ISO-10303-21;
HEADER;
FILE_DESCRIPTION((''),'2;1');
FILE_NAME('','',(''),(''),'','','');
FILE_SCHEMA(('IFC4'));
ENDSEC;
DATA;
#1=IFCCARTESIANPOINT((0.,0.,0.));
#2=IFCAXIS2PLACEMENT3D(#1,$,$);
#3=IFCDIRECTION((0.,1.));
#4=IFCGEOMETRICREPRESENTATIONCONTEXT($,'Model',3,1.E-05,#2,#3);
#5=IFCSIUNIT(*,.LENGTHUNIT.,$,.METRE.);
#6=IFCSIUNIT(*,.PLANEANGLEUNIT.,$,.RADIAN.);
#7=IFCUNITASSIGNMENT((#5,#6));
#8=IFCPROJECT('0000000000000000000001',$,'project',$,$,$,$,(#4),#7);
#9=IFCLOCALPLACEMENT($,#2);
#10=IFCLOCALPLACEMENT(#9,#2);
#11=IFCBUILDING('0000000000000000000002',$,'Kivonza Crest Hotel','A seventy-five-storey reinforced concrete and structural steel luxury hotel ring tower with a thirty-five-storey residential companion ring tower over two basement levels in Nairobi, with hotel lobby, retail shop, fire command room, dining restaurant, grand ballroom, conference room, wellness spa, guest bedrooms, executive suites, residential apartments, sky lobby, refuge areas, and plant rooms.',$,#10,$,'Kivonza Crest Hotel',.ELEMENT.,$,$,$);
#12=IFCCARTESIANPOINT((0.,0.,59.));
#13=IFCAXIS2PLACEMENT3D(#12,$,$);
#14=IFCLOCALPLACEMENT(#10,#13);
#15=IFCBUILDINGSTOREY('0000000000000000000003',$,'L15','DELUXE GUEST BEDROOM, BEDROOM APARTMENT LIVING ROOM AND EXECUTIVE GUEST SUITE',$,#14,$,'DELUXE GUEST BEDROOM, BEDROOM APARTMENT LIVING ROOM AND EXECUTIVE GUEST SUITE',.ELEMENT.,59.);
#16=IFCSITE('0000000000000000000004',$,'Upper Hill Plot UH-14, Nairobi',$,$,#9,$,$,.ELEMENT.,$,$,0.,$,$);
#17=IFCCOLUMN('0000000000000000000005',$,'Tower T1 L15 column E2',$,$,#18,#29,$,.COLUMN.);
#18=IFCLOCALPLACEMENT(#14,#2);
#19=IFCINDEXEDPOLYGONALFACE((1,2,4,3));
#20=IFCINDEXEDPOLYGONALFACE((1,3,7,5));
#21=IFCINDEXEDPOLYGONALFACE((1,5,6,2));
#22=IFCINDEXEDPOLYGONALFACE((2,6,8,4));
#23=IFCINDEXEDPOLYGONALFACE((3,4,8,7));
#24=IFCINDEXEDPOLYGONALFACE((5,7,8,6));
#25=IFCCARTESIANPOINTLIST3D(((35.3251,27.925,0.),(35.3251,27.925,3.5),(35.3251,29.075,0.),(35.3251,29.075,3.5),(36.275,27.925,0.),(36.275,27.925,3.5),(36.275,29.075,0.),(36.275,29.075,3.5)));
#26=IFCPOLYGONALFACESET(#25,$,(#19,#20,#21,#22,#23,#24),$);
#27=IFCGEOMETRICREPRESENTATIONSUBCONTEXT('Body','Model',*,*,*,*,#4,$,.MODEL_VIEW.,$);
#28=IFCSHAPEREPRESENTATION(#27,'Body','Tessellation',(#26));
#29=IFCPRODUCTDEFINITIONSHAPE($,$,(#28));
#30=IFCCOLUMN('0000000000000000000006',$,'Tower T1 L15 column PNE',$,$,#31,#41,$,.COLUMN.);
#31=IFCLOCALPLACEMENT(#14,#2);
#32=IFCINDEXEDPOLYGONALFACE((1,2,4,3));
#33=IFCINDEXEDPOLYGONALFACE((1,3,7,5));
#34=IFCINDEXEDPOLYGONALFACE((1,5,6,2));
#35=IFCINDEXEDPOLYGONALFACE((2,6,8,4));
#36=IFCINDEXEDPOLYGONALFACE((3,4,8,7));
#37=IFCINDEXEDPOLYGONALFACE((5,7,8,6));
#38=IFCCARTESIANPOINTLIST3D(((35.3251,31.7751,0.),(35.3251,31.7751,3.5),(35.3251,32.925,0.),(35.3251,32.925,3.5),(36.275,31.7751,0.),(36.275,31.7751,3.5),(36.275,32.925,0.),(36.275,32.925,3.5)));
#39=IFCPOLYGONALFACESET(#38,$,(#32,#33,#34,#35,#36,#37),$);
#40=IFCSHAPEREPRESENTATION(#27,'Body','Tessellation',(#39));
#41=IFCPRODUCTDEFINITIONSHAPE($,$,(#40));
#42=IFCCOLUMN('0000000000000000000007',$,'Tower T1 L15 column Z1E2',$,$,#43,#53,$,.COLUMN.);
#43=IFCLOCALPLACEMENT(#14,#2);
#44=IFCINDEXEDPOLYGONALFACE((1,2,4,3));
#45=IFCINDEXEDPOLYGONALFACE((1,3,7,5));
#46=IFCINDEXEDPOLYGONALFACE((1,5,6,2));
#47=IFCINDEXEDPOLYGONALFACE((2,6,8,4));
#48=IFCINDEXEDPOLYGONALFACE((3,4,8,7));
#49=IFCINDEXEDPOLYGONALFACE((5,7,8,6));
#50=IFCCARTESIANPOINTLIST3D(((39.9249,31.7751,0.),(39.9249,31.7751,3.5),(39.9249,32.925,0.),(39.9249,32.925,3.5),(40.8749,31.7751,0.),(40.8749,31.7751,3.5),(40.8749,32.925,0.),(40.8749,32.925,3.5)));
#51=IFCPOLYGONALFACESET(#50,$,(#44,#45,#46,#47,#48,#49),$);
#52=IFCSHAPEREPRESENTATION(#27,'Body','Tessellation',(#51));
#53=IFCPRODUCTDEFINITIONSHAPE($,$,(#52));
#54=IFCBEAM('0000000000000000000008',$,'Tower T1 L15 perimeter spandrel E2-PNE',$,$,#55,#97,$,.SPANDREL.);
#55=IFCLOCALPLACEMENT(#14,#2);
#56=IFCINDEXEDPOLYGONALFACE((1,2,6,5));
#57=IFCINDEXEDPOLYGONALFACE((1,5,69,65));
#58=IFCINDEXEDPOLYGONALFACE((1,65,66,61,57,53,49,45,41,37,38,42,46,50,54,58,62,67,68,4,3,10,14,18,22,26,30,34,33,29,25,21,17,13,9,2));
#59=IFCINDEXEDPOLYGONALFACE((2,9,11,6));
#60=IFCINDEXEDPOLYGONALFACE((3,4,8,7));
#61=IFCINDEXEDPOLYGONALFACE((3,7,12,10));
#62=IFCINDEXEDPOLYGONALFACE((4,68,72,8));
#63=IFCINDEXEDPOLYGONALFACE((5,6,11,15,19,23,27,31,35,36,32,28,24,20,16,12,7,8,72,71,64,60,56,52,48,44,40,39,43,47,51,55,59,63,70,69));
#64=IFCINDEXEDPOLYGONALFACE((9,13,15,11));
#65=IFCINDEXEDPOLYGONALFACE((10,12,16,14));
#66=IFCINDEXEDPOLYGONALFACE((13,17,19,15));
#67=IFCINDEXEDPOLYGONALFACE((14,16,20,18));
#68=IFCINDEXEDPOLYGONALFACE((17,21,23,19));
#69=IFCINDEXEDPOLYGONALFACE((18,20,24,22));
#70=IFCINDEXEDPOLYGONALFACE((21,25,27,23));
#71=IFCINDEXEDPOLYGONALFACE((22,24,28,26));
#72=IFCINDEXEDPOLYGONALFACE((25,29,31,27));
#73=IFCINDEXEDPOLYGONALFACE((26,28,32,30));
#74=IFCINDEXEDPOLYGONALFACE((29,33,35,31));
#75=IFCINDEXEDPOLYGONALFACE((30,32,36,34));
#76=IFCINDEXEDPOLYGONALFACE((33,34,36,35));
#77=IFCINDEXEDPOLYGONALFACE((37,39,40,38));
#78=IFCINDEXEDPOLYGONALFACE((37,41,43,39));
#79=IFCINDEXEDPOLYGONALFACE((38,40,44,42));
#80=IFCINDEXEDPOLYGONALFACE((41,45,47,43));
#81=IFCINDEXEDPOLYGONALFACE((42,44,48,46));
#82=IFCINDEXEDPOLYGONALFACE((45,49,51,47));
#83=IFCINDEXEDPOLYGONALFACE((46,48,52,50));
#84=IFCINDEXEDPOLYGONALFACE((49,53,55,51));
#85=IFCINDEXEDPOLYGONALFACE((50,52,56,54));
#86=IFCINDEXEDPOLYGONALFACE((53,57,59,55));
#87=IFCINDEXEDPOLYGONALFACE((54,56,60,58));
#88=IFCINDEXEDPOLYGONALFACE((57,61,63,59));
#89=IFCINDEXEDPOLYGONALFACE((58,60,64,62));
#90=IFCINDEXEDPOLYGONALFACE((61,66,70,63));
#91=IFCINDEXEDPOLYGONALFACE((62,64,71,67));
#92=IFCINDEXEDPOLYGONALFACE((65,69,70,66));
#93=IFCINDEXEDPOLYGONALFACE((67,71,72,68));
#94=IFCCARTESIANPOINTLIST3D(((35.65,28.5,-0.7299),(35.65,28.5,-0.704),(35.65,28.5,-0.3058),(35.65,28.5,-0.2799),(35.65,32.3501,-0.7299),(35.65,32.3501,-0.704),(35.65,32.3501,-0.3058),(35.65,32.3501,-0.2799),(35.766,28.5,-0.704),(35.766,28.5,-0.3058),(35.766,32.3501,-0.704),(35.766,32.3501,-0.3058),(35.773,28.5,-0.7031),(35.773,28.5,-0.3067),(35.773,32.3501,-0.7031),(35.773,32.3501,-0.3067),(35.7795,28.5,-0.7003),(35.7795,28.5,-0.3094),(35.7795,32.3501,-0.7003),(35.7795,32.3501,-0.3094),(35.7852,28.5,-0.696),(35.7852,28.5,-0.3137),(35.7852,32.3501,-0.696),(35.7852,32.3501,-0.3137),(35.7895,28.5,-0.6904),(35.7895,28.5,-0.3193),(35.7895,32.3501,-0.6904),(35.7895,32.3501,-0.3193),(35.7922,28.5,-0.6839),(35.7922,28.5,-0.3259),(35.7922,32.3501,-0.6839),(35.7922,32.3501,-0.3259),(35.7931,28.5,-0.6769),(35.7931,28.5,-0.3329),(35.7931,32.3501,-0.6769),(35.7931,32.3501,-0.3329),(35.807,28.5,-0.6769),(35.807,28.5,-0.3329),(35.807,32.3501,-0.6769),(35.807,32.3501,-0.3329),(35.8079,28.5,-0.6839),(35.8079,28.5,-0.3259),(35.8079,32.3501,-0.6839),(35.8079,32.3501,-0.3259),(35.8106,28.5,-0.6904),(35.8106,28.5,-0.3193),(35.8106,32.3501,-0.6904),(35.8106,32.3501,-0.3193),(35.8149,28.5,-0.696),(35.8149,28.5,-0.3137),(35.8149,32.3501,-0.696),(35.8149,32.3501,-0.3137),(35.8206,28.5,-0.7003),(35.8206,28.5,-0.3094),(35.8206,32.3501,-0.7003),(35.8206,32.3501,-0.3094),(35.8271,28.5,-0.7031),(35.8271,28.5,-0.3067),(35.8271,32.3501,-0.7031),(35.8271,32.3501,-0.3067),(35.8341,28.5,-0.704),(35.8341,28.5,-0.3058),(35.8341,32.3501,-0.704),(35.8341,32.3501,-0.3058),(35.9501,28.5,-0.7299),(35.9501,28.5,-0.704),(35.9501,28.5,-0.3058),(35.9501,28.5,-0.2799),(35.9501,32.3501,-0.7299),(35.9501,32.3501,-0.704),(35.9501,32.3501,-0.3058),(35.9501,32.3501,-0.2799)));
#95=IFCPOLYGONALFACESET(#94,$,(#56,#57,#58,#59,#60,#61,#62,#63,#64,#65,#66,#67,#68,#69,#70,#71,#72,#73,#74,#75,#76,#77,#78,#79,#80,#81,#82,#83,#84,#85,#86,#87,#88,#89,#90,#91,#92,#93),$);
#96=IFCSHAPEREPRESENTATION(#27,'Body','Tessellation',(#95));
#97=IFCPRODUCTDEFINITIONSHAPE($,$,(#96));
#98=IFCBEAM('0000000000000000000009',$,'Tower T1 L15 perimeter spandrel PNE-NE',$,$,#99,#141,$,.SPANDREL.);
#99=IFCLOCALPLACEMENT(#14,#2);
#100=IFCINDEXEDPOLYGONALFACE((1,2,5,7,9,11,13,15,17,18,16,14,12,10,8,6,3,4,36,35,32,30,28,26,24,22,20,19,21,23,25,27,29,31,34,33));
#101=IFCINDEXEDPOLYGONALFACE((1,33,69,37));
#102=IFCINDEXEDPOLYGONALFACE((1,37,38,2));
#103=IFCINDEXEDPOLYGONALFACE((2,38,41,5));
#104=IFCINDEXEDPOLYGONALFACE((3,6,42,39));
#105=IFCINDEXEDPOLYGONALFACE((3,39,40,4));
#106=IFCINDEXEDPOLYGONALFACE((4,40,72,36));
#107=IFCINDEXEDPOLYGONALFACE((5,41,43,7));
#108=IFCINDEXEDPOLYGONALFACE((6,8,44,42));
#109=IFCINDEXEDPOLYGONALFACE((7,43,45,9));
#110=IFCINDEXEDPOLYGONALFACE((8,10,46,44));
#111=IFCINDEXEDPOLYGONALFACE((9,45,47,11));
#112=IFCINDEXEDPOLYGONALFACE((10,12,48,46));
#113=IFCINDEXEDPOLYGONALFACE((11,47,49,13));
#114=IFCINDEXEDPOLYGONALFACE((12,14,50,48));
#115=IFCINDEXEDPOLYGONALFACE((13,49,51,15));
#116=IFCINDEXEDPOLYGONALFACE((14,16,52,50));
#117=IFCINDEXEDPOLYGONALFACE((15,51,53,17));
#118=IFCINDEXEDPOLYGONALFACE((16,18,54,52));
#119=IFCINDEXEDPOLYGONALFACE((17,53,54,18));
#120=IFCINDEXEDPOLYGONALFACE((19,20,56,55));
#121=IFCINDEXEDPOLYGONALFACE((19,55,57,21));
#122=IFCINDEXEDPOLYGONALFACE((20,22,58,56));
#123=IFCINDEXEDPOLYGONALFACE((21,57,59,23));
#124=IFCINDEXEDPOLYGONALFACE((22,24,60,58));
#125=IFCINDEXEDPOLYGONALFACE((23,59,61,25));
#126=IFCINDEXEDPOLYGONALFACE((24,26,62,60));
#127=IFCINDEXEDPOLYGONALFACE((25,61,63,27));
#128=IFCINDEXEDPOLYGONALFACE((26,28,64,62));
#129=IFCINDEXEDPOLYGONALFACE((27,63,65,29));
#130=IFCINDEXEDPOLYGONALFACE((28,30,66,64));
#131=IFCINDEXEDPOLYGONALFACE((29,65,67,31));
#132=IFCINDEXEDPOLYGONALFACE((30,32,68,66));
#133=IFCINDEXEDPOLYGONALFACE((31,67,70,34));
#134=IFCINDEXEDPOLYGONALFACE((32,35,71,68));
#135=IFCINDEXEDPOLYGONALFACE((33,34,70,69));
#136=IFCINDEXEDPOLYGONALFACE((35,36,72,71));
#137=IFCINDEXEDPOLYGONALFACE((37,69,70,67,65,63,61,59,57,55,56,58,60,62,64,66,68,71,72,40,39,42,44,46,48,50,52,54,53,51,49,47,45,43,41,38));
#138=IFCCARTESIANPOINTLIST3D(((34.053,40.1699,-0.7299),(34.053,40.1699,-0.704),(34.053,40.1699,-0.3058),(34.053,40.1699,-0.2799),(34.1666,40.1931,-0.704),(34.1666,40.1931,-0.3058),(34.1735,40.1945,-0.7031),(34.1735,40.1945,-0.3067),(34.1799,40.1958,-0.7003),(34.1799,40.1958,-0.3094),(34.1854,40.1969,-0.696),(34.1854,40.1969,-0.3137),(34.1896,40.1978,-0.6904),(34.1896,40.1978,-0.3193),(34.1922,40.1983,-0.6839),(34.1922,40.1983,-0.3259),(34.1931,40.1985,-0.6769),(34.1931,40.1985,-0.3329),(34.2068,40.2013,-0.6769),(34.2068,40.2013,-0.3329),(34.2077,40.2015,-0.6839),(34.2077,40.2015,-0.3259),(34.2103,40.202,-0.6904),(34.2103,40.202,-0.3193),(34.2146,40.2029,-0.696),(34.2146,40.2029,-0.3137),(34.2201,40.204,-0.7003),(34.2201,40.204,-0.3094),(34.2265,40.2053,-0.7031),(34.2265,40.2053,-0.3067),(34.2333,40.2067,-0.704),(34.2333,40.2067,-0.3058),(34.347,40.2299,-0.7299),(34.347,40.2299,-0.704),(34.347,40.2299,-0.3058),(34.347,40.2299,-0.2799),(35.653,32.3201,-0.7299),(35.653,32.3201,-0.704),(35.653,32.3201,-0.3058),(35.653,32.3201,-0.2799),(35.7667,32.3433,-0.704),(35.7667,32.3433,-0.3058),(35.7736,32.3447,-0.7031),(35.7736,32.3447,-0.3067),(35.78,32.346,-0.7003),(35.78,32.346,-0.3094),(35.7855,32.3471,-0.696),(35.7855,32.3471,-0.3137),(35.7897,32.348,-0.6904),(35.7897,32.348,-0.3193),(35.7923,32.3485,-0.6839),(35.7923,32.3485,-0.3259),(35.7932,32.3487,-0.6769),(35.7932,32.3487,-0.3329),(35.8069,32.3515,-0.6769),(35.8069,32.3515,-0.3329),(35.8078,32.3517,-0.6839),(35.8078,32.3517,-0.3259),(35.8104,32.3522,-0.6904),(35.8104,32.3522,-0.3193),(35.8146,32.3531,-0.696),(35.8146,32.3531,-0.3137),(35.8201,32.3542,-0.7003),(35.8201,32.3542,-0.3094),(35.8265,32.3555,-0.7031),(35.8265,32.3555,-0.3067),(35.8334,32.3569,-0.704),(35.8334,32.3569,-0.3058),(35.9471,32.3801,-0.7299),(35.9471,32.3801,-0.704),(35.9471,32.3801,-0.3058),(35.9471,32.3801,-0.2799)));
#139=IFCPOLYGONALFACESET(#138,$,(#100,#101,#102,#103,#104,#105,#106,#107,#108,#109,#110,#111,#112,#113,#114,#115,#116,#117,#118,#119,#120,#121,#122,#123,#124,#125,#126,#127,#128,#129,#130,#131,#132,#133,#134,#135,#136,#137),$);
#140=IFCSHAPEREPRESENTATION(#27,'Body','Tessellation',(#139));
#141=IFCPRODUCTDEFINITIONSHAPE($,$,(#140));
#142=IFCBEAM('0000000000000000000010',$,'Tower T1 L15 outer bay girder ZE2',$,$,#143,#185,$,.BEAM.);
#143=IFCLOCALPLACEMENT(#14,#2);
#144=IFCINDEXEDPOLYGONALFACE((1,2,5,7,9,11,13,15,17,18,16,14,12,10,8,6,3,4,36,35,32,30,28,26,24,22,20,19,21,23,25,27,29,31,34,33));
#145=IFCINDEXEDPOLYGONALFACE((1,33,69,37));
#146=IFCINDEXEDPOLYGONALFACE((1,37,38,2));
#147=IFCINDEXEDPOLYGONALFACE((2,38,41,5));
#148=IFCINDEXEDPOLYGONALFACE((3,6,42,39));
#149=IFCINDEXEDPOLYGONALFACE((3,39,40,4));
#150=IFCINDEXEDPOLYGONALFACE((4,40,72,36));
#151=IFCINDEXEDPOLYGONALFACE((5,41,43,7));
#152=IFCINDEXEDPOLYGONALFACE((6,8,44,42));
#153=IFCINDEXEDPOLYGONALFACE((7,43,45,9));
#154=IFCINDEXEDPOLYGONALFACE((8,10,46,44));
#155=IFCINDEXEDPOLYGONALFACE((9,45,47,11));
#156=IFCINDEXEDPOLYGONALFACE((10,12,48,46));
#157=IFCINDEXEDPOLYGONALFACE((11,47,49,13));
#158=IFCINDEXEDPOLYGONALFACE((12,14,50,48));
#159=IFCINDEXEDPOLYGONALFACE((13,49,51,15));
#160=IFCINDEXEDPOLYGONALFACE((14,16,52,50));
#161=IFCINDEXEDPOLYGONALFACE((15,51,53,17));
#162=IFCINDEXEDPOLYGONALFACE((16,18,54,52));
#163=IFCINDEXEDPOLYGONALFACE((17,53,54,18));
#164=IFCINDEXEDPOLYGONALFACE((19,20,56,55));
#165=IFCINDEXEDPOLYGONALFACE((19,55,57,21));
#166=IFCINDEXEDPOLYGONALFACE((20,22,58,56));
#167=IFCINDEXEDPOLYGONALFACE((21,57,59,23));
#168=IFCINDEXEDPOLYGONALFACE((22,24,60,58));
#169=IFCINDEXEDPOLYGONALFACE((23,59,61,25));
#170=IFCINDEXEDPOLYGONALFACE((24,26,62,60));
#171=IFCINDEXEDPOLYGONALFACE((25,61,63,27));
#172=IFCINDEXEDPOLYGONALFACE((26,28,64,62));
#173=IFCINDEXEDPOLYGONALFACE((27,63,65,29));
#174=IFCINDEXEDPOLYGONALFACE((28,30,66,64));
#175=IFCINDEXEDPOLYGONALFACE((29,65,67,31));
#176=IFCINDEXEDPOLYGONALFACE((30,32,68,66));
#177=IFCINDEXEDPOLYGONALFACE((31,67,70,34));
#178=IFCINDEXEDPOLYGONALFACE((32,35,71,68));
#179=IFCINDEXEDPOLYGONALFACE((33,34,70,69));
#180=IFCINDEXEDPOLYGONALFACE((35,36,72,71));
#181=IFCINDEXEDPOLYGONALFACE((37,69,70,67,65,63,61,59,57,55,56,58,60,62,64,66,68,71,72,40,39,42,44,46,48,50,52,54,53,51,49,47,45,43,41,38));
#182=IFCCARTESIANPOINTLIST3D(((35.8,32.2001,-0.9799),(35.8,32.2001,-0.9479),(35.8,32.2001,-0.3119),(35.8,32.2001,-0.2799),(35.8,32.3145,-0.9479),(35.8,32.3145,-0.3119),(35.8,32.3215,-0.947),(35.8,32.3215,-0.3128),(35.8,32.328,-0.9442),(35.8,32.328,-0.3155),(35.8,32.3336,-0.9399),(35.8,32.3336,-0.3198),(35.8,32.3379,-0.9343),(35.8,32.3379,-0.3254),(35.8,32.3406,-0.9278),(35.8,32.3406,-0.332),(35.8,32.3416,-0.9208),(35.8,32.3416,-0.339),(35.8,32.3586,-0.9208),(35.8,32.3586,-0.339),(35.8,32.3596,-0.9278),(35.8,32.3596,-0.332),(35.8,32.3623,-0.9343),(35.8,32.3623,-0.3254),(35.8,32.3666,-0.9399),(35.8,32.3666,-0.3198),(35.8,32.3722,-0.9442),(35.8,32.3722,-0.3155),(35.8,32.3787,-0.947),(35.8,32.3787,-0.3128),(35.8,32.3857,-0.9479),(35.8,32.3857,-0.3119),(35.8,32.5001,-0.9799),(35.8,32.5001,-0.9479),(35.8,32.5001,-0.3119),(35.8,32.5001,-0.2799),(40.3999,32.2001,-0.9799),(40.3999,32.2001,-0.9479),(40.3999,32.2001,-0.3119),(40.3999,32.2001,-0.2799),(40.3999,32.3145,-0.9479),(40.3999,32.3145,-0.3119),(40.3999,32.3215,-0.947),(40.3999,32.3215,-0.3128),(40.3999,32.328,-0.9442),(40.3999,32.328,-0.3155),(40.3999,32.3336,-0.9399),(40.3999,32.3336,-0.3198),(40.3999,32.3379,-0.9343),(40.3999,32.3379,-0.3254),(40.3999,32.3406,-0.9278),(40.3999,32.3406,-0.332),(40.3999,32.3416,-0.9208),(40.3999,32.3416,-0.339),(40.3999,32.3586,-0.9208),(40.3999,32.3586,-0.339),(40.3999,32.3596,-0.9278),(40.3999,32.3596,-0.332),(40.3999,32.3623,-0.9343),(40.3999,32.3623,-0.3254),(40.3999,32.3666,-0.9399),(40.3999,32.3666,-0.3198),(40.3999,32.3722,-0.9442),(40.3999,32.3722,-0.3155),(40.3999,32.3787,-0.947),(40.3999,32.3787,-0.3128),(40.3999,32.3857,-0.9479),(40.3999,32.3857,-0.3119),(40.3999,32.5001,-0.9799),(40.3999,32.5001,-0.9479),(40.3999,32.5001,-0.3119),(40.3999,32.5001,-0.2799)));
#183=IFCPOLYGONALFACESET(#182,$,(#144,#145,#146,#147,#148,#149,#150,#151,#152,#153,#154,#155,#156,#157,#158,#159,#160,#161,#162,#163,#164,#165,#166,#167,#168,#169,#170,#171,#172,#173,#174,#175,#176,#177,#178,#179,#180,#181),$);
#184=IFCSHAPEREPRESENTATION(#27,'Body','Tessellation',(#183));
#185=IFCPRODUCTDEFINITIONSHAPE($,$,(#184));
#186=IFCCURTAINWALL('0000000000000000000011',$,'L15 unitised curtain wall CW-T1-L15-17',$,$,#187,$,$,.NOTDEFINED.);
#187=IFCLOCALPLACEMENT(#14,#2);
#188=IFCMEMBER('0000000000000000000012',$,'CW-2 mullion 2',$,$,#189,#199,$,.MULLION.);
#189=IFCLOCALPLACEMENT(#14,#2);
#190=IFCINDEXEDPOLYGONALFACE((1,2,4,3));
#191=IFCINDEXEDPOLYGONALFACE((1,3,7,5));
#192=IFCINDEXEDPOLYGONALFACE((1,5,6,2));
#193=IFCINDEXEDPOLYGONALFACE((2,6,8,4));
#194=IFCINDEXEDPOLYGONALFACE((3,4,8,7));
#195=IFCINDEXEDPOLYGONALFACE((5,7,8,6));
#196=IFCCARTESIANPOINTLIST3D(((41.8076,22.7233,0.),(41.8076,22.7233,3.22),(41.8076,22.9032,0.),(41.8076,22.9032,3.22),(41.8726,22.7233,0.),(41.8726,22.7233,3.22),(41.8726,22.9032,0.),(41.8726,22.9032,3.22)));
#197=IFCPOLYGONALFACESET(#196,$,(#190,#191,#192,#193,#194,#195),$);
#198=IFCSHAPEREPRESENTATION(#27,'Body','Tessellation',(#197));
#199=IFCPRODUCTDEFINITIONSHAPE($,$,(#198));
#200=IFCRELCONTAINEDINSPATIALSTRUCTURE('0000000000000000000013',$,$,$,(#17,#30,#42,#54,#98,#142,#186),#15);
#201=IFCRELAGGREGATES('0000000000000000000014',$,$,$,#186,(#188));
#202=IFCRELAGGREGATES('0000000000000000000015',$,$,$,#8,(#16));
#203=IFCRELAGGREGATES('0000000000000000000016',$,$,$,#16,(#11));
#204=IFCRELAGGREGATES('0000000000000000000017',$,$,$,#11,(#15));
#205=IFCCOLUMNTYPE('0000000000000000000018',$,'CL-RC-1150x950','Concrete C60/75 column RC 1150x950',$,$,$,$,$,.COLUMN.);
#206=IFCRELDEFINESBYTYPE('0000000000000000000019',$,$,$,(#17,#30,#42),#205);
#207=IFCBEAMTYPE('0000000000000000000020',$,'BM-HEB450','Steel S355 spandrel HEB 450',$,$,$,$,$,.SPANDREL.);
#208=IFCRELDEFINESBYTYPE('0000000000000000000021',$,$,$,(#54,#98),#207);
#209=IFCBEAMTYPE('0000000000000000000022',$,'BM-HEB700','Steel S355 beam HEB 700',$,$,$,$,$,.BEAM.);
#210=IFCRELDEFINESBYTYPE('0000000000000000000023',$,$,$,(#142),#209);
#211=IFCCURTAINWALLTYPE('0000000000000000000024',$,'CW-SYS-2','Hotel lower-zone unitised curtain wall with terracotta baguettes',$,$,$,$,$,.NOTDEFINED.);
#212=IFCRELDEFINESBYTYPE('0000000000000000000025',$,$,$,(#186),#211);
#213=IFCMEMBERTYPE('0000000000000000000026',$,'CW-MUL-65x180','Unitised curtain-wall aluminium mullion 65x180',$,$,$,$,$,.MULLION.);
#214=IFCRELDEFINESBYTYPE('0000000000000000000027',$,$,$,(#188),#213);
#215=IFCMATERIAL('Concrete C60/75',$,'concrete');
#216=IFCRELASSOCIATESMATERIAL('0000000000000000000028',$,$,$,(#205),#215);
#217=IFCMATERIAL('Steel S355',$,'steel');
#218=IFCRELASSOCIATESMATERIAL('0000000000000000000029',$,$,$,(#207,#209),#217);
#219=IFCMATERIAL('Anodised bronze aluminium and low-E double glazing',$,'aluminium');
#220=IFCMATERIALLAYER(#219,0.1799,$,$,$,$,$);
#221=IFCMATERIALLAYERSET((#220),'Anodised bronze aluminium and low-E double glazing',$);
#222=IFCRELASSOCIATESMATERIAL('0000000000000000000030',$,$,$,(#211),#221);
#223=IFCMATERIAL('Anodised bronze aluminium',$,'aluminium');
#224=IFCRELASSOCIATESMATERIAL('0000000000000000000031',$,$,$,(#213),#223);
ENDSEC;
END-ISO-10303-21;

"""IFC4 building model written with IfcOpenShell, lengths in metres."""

from ifc_helpers import new_model, si_unit, direction, frame, origin, origin_2d, place, context, subcontext, project, spatial, rectangle, i_section, extrude, material, layer, layer_set, material_profile, profile_set, type_object, element, aggregate, save


model = new_model("IFC4")

# Units and contexts
model_context = context("Model", 3, precision=1e-05, world=origin(), true_north=direction((0.0, 1.0)))
body_context = subcontext(model_context, "Body", "Model", "MODEL_VIEW")
ifc_project = project(units=[si_unit("LENGTHUNIT", "METRE"), si_unit("PLANEANGLEUNIT", "RADIAN")], contexts=[model_context])

# Site, building, storey
site_placement = place(None, origin())
site = spatial("IfcSite", under=ifc_project, at=site_placement, Name="Upper Hill Plot UH-14, Nairobi", CompositionType="ELEMENT", RefElevation=0.0)
building_placement = place(site_placement, origin())
building = spatial("IfcBuilding", under=site, at=building_placement, Name="Kivonza Crest Hotel", Description="A seventy-five-storey reinforced concrete and structural steel luxury hotel ring tower with a thirty-five-storey residential companion ring tower over two basement levels in Nairobi, with hotel lobby, retail shop, fire command room, dining restaurant, grand ballroom, conference room, wellness spa, guest bedrooms, executive suites, residential apartments, sky lobby, refuge areas, and plant rooms.", LongName="Kivonza Crest Hotel", CompositionType="ELEMENT")
storey_placement = place(building_placement, frame((0.0, 0.0, 59.0)))
storey = spatial("IfcBuildingStorey", under=building, at=storey_placement, Name="L15", Description="DELUXE GUEST BEDROOM, BEDROOM APARTMENT LIVING ROOM AND EXECUTIVE GUEST SUITE", LongName="DELUXE GUEST BEDROOM, BEDROOM APARTMENT LIVING ROOM AND EXECUTIVE GUEST SUITE", CompositionType="ELEMENT", Elevation=59.0)

# Columns
ifc_material_1 = material(Name="Concrete C60/75", Category="concrete")
ifc_material_profile_1 = material_profile(ifc_material_1, rectangle(XDim=0.95, YDim=1.1499, at=origin_2d()), Name="RC 1150x950")
ifc_profile_set_1 = profile_set([ifc_material_profile_1], Name="Concrete C60/75")
column_type = type_object("IfcColumnType", Name="CL-RC-1150x950", Description="Concrete C60/75 column RC 1150x950", PredefinedType="COLUMN", material=ifc_profile_set_1)
for number, where, z_axis, x_axis, name in (
    (1, (35.8, 28.5, 0.0), (0.0, 0.0, 1.0), (1.0, 0.0, 0.0), "Tower T1 L15 column E2"),
    (2, (35.8, 32.3501, 0.0), (0.0, 0.0, 1.0), (1.0, 0.0, 0.0), "Tower T1 L15 column PNE"),
    (3, (40.3999, 32.3501, 0.0), (0.0, 0.0, 1.0), (1.0, 0.0, 0.0), "Tower T1 L15 column Z1E2"),
):
    element("IfcColumn", number, at=place(storey_placement, frame(where, z_axis=z_axis, x_axis=x_axis)), inside=storey, type_object=column_type, Name=name, PredefinedType="COLUMN", context=body_context, shape_type="SweptSolid", body=[
        extrude(rectangle(XDim=0.95, YDim=1.1499, at=origin_2d()), origin(), (0.0, 0.0, 1.0), 3.5),
    ])

# Beams
ifc_material_2 = material(Name="Steel S355", Category="steel")
ifc_material_profile_2 = material_profile(ifc_material_2, i_section(OverallWidth=0.3, OverallDepth=0.45, WebThickness=0.0139, FlangeThickness=0.0259, FilletRadius=0.0271, at=origin_2d()), Name="HEB 450")
ifc_profile_set_2 = profile_set([ifc_material_profile_2], Name="Steel S355")
beam_type_1 = type_object("IfcBeamType", Name="BM-HEB450", Description="Steel S355 spandrel HEB 450", PredefinedType="SPANDREL", material=ifc_profile_set_2)
beam_1_placement = place(storey_placement, frame((35.8, 28.5, -0.5049), z_axis=(0.0, 1.0, 0.0), x_axis=(-1.0, 0.0, 0.0)))
element("IfcBeam", 4, at=beam_1_placement, inside=storey, type_object=beam_type_1, Name="Tower T1 L15 perimeter spandrel E2-PNE", PredefinedType="SPANDREL", context=body_context, shape_type="SweptSolid", body=[
    extrude(i_section(OverallWidth=0.3, OverallDepth=0.45, WebThickness=0.0139, FlangeThickness=0.0259, FilletRadius=0.0271, at=origin_2d()), origin(), (0.0, 0.0, 1.0), 3.8501),
])
beam_2_placement = place(storey_placement, frame((35.8, 32.3501, -0.5049), z_axis=(-0.199731, 0.979851, 0.0), x_axis=(-0.979851, -0.199731, 0.0)))
element("IfcBeam", 5, at=beam_2_placement, inside=storey, type_object=beam_type_1, Name="Tower T1 L15 perimeter spandrel PNE-NE", PredefinedType="SPANDREL", context=body_context, shape_type="SweptSolid", body=[
    extrude(i_section(OverallWidth=0.3, OverallDepth=0.45, WebThickness=0.0139, FlangeThickness=0.0259, FilletRadius=0.0271, at=origin_2d()), origin(), (0.0, 0.0, 1.0), 8.0112),
])
ifc_material_profile_3 = material_profile(ifc_material_2, i_section(OverallWidth=0.3, OverallDepth=0.7, WebThickness=0.0171, FlangeThickness=0.032, FilletRadius=0.0271, at=origin_2d()), Name="HEB 700")
ifc_profile_set_3 = profile_set([ifc_material_profile_3], Name="Steel S355")
beam_type_2 = type_object("IfcBeamType", Name="BM-HEB700", Description="Steel S355 beam HEB 700", PredefinedType="BEAM", material=ifc_profile_set_3)
beam_3_placement = place(storey_placement, frame((40.3999, 32.3501, -0.6299), z_axis=(-1.0, 0.0, 0.0), x_axis=(0.0, -1.0, 0.0)))
element("IfcBeam", 6, at=beam_3_placement, inside=storey, type_object=beam_type_2, Name="Tower T1 L15 outer bay girder ZE2", PredefinedType="BEAM", context=body_context, shape_type="SweptSolid", body=[
    extrude(i_section(OverallWidth=0.3, OverallDepth=0.7, WebThickness=0.0171, FlangeThickness=0.032, FilletRadius=0.0271, at=origin_2d()), origin(), (0.0, 0.0, 1.0), 4.5999),
])

# Curtain wall, member
ifc_material_3 = material(Name="Anodised bronze aluminium and low-E double glazing", Category="aluminium")
ifc_layer_1 = layer(ifc_material_3, 0.1799)
ifc_layer_set_1 = layer_set([ifc_layer_1], Name="Anodised bronze aluminium and low-E double glazing")
curtain_wall_type = type_object("IfcCurtainWallType", Name="CW-SYS-2", Description="Hotel lower-zone unitised curtain wall with terracotta baguettes", PredefinedType="NOTDEFINED", material=ifc_layer_set_1)
curtain_wall_placement = place(storey_placement, origin())
curtain_wall = element("IfcCurtainWall", 7, at=curtain_wall_placement, inside=storey, type_object=curtain_wall_type, Name="L15 unitised curtain wall CW-T1-L15-17", PredefinedType="NOTDEFINED")
ifc_material_4 = material(Name="Anodised bronze aluminium", Category="aluminium")
ifc_material_profile_4 = material_profile(ifc_material_4, rectangle(XDim=0.0649, YDim=0.1799, at=origin_2d()), Name="CW-M 65x180")
ifc_profile_set_4 = profile_set([ifc_material_profile_4], Name="Anodised bronze aluminium")
member_type = type_object("IfcMemberType", Name="CW-MUL-65x180", Description="Unitised curtain-wall aluminium mullion 65x180", PredefinedType="MULLION", material=ifc_profile_set_4)
member_1_placement = place(storey_placement, frame((41.8401, 22.8132, 0.0), z_axis=(0.0, 0.0, 1.0), x_axis=(-1.0, 0.0, 0.0)))
member_1 = element("IfcMember", 8, at=member_1_placement, type_object=member_type, Name="CW-2 mullion 2", PredefinedType="MULLION", context=body_context, shape_type="SweptSolid", body=[
    extrude(rectangle(XDim=0.0649, YDim=0.1799, at=origin_2d()), origin(), (0.0, 0.0, 1.0), 3.22),
])
aggregate(curtain_wall, [member_1])

save(model, "model.ifc")
